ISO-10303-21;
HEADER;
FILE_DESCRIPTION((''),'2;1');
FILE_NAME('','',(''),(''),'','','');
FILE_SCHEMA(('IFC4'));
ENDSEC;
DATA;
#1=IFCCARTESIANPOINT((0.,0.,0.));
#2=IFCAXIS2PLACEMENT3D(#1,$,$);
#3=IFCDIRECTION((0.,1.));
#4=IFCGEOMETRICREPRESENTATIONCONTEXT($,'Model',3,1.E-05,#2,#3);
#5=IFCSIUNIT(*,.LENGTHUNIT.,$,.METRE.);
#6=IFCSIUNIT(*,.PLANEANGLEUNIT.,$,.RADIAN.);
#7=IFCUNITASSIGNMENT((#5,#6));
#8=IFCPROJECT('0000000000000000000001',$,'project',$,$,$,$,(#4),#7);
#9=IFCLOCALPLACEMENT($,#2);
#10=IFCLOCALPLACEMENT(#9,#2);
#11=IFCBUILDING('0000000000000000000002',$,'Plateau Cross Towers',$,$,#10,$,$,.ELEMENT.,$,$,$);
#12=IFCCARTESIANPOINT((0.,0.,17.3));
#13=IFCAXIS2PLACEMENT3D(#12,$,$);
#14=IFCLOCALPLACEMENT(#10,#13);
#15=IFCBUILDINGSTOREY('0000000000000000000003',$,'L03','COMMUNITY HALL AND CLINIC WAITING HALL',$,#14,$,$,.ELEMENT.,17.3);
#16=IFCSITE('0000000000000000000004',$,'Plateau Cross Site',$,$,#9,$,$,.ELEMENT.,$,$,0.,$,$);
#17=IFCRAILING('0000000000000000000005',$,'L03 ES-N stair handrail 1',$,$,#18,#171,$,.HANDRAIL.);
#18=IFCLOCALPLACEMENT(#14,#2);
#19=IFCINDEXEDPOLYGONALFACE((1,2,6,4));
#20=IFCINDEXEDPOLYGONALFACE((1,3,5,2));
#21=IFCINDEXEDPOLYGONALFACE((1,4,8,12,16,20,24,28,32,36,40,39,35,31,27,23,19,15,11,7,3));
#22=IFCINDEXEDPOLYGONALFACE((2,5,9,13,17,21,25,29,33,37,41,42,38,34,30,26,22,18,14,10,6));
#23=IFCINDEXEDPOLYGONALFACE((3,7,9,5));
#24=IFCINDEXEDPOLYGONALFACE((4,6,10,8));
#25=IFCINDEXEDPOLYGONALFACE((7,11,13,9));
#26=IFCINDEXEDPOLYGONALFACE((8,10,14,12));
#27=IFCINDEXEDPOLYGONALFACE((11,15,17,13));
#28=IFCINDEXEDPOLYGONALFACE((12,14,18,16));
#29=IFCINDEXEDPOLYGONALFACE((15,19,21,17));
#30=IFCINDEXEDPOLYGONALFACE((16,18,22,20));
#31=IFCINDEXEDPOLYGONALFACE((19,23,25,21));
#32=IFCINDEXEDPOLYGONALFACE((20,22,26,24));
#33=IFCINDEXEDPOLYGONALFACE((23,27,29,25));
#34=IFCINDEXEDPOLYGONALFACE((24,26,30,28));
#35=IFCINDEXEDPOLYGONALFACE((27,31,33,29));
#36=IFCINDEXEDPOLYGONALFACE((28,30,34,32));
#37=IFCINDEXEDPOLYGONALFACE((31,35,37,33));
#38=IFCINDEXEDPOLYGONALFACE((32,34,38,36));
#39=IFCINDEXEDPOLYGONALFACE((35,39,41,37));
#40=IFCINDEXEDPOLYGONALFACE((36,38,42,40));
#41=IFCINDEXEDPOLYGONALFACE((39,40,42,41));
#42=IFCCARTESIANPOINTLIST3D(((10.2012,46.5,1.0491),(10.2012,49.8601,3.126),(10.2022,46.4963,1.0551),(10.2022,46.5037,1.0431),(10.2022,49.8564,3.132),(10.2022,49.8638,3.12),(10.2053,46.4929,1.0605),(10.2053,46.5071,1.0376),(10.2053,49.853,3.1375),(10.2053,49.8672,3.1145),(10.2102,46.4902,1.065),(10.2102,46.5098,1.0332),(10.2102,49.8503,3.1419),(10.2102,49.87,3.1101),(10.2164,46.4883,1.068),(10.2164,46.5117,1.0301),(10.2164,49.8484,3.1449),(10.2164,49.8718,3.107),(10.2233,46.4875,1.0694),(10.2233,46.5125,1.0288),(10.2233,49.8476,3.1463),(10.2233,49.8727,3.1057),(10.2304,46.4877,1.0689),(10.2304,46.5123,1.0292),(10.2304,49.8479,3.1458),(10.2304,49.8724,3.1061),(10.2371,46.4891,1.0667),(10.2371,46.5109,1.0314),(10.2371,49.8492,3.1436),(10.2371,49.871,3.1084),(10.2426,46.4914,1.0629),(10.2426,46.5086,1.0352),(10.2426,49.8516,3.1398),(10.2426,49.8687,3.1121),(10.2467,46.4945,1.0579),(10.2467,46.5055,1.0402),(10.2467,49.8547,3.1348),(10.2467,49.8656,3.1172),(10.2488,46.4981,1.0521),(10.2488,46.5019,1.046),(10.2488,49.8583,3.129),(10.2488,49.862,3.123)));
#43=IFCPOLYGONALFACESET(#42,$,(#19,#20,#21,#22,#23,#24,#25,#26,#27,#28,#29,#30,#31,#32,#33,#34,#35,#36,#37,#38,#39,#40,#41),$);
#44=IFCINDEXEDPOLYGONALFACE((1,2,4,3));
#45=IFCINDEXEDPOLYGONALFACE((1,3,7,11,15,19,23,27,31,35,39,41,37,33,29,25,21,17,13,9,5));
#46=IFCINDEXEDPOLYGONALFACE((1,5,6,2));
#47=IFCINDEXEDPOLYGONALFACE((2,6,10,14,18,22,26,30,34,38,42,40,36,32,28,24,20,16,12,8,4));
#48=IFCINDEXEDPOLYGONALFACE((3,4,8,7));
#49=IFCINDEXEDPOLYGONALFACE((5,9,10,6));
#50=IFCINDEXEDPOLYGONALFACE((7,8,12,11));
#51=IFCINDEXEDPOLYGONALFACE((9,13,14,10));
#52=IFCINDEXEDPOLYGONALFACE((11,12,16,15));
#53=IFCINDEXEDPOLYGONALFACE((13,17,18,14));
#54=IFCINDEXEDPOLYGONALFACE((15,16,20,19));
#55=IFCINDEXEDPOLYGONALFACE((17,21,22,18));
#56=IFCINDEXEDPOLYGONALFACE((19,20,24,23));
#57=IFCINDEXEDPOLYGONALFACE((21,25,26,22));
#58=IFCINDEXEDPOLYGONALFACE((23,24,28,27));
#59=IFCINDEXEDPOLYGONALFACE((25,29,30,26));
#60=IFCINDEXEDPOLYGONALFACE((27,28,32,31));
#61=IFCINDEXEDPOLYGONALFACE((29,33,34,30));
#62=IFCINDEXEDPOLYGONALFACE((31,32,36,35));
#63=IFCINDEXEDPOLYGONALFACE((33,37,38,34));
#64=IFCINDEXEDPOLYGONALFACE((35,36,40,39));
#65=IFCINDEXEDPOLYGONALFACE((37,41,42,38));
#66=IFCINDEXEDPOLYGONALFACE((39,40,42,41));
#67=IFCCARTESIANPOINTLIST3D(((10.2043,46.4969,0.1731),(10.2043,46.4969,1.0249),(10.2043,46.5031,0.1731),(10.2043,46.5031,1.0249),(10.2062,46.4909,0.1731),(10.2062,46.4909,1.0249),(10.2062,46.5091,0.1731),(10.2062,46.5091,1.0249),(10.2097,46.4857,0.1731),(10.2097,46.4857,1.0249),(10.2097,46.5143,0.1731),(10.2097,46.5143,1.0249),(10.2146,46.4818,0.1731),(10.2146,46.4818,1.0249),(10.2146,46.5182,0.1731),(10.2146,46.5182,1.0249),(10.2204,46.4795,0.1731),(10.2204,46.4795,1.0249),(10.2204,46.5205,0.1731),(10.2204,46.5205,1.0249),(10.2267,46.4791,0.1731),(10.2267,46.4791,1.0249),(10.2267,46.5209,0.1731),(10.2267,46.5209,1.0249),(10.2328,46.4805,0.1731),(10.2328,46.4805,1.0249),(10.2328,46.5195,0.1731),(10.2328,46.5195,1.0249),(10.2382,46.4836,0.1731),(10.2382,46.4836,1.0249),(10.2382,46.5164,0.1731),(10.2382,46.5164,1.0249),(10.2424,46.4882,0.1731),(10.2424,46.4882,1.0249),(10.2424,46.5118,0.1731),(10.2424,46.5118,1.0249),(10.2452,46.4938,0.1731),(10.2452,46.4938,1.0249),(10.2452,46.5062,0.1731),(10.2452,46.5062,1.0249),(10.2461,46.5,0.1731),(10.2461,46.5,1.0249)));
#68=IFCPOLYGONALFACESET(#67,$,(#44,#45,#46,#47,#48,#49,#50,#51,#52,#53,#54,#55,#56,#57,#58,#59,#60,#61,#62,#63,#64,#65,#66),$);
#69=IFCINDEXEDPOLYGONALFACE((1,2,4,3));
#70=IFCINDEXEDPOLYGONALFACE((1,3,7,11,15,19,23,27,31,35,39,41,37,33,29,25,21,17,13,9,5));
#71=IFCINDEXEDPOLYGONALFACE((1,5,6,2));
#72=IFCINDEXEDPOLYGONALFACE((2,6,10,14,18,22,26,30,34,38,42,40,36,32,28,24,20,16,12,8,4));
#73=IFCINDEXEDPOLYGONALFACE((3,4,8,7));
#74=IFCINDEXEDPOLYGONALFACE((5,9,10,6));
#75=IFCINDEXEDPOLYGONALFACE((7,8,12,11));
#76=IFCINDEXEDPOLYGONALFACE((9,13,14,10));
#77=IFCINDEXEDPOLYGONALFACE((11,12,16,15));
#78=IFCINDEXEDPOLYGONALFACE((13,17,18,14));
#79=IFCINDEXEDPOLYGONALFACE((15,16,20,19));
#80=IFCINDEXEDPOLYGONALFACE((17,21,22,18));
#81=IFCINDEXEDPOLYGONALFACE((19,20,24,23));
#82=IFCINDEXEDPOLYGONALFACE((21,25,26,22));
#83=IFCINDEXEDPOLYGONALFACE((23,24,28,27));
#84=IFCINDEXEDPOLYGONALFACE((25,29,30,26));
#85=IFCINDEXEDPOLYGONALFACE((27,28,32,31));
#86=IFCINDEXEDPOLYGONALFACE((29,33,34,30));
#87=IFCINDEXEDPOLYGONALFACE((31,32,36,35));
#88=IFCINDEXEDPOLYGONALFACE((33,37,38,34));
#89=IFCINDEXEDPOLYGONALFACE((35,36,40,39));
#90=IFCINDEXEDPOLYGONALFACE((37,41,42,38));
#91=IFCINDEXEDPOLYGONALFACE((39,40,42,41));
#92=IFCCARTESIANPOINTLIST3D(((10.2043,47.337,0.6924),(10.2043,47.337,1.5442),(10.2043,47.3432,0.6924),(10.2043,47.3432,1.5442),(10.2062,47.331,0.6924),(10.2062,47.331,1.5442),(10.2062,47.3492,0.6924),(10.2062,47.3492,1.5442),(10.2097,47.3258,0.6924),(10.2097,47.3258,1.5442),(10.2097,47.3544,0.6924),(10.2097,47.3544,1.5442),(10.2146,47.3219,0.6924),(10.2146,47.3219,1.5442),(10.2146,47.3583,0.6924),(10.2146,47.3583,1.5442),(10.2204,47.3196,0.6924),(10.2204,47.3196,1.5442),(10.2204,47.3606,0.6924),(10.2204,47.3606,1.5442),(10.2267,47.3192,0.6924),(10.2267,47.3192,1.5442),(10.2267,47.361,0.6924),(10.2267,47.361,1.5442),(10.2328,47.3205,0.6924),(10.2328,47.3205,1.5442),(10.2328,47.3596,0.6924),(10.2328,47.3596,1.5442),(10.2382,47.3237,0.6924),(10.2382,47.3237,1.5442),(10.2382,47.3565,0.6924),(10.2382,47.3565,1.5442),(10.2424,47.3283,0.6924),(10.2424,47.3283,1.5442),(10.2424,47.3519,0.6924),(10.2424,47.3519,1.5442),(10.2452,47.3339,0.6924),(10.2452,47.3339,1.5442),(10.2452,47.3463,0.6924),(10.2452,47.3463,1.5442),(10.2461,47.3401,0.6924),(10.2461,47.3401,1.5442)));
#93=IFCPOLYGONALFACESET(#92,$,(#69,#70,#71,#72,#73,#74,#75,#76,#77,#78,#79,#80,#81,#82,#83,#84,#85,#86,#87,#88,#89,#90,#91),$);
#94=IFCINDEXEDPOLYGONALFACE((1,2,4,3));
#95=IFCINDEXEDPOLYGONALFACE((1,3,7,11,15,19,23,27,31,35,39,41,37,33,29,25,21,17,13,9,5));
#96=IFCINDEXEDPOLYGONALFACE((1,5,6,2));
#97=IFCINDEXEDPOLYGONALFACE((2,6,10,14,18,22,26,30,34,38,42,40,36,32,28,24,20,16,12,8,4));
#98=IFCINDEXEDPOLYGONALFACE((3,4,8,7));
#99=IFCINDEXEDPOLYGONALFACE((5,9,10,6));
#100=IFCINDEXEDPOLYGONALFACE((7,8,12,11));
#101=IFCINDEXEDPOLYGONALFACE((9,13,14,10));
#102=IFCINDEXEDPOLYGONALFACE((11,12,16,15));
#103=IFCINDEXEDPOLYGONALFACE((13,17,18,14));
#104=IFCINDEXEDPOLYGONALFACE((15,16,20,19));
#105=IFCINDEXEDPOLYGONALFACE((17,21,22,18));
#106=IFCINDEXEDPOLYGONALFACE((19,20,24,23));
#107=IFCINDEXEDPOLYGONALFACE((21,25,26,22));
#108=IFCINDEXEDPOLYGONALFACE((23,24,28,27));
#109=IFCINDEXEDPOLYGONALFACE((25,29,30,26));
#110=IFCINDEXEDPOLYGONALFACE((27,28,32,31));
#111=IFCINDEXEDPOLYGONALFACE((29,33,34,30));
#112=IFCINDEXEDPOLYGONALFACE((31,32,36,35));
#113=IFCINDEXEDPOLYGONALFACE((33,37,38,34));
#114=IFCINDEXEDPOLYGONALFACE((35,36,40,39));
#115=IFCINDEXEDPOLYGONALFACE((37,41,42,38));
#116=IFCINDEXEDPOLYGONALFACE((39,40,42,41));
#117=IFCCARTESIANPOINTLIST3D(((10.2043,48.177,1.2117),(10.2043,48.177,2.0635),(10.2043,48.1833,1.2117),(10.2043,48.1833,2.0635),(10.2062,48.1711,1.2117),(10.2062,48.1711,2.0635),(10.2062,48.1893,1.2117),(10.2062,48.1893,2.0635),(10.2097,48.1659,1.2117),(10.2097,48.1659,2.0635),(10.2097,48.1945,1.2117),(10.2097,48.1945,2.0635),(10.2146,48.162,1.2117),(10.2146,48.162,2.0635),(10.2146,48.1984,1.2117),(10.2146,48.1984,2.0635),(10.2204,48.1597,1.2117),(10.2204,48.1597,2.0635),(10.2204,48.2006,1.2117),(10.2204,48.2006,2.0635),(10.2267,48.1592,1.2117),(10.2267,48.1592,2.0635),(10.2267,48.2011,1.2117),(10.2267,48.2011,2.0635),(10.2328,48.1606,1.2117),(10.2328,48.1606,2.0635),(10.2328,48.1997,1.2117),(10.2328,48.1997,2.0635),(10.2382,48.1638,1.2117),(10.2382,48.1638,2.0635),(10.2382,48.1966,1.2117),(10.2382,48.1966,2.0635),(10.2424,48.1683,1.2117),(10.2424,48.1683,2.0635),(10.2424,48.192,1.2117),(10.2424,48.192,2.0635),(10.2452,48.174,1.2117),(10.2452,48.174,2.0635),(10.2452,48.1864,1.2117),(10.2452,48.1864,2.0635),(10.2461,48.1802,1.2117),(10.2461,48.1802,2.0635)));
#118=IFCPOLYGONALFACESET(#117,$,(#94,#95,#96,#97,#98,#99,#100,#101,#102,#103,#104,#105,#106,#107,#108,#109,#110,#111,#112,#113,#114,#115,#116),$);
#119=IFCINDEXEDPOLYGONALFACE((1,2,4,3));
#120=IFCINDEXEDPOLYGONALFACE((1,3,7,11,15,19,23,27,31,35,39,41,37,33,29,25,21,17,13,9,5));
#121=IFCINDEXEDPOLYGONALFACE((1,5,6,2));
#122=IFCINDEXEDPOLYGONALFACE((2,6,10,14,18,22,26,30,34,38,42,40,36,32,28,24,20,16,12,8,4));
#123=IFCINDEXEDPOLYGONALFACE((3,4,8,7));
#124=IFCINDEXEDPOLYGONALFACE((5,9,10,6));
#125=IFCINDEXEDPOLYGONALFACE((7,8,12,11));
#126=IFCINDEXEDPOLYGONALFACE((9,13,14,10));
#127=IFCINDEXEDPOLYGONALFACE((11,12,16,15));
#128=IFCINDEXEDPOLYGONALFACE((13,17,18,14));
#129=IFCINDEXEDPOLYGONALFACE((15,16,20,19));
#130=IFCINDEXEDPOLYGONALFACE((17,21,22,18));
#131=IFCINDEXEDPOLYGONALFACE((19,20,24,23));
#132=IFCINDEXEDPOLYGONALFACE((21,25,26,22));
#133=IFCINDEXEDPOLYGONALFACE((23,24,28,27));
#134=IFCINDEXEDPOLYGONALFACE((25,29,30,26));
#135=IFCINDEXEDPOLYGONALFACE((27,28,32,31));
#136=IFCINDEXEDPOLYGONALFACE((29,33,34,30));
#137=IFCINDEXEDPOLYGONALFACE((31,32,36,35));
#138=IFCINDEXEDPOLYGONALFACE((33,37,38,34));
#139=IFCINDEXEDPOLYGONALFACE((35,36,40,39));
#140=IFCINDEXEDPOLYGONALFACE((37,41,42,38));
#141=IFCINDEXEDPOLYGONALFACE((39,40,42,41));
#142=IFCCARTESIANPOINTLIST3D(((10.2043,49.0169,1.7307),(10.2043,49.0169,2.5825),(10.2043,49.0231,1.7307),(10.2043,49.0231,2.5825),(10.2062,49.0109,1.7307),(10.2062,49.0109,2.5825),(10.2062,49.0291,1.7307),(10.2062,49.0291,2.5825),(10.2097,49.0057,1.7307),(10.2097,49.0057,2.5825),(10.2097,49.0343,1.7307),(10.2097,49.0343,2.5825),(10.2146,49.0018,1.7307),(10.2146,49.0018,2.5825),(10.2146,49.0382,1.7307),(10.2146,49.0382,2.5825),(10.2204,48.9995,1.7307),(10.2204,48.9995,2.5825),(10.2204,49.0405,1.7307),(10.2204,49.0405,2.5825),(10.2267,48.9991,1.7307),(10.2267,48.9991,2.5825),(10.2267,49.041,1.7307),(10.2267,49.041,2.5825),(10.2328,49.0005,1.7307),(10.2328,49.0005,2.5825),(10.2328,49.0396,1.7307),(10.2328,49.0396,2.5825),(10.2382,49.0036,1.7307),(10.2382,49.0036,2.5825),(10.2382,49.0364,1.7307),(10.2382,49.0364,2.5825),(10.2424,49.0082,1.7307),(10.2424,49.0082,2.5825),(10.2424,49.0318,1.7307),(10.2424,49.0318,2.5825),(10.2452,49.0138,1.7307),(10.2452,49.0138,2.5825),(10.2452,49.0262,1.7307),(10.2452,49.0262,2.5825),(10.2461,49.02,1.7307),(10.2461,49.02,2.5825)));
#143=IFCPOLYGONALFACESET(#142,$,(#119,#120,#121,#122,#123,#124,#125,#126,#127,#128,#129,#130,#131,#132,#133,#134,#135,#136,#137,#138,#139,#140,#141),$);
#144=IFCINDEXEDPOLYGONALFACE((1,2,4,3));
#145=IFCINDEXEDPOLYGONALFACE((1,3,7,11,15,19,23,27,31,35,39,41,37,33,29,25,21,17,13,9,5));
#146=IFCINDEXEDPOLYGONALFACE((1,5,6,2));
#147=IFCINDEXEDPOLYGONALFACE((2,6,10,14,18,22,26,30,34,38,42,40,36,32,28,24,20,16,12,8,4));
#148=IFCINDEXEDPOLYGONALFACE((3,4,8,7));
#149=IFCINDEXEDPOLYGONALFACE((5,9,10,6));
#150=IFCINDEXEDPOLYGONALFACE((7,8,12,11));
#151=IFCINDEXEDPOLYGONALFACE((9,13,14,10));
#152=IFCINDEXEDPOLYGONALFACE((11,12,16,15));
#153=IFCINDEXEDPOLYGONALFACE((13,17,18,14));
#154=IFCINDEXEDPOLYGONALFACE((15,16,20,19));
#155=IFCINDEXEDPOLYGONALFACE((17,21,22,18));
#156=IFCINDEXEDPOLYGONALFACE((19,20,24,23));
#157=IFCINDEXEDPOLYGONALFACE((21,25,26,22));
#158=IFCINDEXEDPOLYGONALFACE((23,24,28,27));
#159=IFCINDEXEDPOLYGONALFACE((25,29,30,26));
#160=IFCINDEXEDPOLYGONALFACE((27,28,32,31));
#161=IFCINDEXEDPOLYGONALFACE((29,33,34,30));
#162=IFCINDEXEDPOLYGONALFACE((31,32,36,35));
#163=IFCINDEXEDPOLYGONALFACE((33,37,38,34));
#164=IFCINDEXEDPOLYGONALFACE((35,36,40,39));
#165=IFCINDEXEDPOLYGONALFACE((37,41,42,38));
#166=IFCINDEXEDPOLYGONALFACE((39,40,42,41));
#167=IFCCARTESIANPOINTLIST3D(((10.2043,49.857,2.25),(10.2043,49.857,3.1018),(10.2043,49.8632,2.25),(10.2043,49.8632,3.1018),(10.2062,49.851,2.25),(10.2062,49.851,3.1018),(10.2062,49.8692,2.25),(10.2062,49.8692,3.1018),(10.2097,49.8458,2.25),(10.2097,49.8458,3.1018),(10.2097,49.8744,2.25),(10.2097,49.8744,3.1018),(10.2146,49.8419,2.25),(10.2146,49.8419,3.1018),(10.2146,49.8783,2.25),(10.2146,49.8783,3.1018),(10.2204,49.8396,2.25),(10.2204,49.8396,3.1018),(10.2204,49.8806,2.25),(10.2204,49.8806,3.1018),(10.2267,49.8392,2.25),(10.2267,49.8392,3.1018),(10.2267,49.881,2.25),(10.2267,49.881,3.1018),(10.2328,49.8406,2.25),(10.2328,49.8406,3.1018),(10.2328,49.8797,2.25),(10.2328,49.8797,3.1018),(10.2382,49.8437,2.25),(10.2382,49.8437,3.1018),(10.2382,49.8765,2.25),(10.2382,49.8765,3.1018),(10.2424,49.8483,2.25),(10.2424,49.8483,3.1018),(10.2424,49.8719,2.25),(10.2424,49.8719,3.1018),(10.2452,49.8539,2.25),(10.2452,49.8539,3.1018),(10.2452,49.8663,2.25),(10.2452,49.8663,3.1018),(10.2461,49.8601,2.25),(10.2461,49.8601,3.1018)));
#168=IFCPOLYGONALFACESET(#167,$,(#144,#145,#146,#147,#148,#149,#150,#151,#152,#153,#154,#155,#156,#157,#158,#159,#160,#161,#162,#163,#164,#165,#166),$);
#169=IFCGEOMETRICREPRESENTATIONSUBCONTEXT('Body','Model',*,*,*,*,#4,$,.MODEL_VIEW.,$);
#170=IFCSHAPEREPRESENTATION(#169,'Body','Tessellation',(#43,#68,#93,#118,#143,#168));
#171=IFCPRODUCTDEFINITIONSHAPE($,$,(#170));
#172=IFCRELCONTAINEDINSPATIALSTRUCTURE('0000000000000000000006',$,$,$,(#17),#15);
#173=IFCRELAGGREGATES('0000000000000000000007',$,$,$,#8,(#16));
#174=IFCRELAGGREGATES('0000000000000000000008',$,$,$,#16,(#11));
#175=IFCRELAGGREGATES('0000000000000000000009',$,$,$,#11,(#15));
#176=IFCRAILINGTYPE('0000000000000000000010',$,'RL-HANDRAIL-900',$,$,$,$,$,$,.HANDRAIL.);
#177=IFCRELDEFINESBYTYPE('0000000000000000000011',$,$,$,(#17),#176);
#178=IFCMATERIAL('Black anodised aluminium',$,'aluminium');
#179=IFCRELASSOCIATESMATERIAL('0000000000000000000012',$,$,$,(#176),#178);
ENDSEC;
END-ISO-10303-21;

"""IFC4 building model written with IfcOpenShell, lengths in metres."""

from ifc_helpers import new_model, si_unit, direction, frame, origin, origin_2d, place, context, subcontext, project, spatial, circle, extrude, material, type_object, element, save


model = new_model("IFC4")

# Units and contexts
model_context = context("Model", 3, precision=1e-05, world=origin(), true_north=direction((0.0, 1.0)))
body_context = subcontext(model_context, "Body", "Model", "MODEL_VIEW")
ifc_project = project(units=[si_unit("LENGTHUNIT", "METRE"), si_unit("PLANEANGLEUNIT", "RADIAN")], contexts=[model_context])

# Site, building, storey
site_placement = place(None, origin())
site = spatial("IfcSite", under=ifc_project, at=site_placement, Name="Plateau Cross Site", CompositionType="ELEMENT", RefElevation=0.0)
building_placement = place(site_placement, origin())
building = spatial("IfcBuilding", under=site, at=building_placement, Name="Plateau Cross Towers", CompositionType="ELEMENT")
storey_placement = place(building_placement, frame((0.0, 0.0, 17.3)))
storey = spatial("IfcBuildingStorey", under=building, at=storey_placement, Name="L03", Description="COMMUNITY HALL AND CLINIC WAITING HALL", CompositionType="ELEMENT", Elevation=17.3)

# Shared definitions
ifc_material_1 = material(Name="Black anodised aluminium", Category="aluminium")

# Railing
railing_type_1 = type_object("IfcRailingType", Name="RL-HANDRAIL-900", PredefinedType="HANDRAIL", material=ifc_material_1)
railing_1_placement = place(storey_placement, frame((10.2251, 46.5, 0.1731)))
element("IfcRailing", 1, at=railing_1_placement, inside=storey, type_object=railing_type_1, Name="L03 ES-N stair handrail 1", PredefinedType="HANDRAIL", context=body_context, shape_type="SweptSolid", body=[
    extrude(circle(Radius=0.0239, at=origin_2d()), frame((0.0, 0.0, 0.876), z_axis=(0.0, 0.850623, 0.525776), x_axis=(-1.0, 0.0, 0.0)), (0.0, 0.0, 1.0), 3.9502),
    extrude(circle(Radius=0.021, at=origin_2d()), origin(), (0.0, 0.0, 1.0), 0.8518),
    extrude(circle(Radius=0.021, at=origin_2d()), frame((0.0, 0.8401, 0.5193)), (0.0, 0.0, 1.0), 0.8518),
    extrude(circle(Radius=0.021, at=origin_2d()), frame((0.0, 1.6802, 1.0386)), (0.0, 0.0, 1.0), 0.8518),
    extrude(circle(Radius=0.021, at=origin_2d()), frame((0.0, 2.52, 1.5576)), (0.0, 0.0, 1.0), 0.8518),
    extrude(circle(Radius=0.021, at=origin_2d()), frame((0.0, 3.3601, 2.0769)), (0.0, 0.0, 1.0), 0.8518),
])

save(model, "model.ifc")
